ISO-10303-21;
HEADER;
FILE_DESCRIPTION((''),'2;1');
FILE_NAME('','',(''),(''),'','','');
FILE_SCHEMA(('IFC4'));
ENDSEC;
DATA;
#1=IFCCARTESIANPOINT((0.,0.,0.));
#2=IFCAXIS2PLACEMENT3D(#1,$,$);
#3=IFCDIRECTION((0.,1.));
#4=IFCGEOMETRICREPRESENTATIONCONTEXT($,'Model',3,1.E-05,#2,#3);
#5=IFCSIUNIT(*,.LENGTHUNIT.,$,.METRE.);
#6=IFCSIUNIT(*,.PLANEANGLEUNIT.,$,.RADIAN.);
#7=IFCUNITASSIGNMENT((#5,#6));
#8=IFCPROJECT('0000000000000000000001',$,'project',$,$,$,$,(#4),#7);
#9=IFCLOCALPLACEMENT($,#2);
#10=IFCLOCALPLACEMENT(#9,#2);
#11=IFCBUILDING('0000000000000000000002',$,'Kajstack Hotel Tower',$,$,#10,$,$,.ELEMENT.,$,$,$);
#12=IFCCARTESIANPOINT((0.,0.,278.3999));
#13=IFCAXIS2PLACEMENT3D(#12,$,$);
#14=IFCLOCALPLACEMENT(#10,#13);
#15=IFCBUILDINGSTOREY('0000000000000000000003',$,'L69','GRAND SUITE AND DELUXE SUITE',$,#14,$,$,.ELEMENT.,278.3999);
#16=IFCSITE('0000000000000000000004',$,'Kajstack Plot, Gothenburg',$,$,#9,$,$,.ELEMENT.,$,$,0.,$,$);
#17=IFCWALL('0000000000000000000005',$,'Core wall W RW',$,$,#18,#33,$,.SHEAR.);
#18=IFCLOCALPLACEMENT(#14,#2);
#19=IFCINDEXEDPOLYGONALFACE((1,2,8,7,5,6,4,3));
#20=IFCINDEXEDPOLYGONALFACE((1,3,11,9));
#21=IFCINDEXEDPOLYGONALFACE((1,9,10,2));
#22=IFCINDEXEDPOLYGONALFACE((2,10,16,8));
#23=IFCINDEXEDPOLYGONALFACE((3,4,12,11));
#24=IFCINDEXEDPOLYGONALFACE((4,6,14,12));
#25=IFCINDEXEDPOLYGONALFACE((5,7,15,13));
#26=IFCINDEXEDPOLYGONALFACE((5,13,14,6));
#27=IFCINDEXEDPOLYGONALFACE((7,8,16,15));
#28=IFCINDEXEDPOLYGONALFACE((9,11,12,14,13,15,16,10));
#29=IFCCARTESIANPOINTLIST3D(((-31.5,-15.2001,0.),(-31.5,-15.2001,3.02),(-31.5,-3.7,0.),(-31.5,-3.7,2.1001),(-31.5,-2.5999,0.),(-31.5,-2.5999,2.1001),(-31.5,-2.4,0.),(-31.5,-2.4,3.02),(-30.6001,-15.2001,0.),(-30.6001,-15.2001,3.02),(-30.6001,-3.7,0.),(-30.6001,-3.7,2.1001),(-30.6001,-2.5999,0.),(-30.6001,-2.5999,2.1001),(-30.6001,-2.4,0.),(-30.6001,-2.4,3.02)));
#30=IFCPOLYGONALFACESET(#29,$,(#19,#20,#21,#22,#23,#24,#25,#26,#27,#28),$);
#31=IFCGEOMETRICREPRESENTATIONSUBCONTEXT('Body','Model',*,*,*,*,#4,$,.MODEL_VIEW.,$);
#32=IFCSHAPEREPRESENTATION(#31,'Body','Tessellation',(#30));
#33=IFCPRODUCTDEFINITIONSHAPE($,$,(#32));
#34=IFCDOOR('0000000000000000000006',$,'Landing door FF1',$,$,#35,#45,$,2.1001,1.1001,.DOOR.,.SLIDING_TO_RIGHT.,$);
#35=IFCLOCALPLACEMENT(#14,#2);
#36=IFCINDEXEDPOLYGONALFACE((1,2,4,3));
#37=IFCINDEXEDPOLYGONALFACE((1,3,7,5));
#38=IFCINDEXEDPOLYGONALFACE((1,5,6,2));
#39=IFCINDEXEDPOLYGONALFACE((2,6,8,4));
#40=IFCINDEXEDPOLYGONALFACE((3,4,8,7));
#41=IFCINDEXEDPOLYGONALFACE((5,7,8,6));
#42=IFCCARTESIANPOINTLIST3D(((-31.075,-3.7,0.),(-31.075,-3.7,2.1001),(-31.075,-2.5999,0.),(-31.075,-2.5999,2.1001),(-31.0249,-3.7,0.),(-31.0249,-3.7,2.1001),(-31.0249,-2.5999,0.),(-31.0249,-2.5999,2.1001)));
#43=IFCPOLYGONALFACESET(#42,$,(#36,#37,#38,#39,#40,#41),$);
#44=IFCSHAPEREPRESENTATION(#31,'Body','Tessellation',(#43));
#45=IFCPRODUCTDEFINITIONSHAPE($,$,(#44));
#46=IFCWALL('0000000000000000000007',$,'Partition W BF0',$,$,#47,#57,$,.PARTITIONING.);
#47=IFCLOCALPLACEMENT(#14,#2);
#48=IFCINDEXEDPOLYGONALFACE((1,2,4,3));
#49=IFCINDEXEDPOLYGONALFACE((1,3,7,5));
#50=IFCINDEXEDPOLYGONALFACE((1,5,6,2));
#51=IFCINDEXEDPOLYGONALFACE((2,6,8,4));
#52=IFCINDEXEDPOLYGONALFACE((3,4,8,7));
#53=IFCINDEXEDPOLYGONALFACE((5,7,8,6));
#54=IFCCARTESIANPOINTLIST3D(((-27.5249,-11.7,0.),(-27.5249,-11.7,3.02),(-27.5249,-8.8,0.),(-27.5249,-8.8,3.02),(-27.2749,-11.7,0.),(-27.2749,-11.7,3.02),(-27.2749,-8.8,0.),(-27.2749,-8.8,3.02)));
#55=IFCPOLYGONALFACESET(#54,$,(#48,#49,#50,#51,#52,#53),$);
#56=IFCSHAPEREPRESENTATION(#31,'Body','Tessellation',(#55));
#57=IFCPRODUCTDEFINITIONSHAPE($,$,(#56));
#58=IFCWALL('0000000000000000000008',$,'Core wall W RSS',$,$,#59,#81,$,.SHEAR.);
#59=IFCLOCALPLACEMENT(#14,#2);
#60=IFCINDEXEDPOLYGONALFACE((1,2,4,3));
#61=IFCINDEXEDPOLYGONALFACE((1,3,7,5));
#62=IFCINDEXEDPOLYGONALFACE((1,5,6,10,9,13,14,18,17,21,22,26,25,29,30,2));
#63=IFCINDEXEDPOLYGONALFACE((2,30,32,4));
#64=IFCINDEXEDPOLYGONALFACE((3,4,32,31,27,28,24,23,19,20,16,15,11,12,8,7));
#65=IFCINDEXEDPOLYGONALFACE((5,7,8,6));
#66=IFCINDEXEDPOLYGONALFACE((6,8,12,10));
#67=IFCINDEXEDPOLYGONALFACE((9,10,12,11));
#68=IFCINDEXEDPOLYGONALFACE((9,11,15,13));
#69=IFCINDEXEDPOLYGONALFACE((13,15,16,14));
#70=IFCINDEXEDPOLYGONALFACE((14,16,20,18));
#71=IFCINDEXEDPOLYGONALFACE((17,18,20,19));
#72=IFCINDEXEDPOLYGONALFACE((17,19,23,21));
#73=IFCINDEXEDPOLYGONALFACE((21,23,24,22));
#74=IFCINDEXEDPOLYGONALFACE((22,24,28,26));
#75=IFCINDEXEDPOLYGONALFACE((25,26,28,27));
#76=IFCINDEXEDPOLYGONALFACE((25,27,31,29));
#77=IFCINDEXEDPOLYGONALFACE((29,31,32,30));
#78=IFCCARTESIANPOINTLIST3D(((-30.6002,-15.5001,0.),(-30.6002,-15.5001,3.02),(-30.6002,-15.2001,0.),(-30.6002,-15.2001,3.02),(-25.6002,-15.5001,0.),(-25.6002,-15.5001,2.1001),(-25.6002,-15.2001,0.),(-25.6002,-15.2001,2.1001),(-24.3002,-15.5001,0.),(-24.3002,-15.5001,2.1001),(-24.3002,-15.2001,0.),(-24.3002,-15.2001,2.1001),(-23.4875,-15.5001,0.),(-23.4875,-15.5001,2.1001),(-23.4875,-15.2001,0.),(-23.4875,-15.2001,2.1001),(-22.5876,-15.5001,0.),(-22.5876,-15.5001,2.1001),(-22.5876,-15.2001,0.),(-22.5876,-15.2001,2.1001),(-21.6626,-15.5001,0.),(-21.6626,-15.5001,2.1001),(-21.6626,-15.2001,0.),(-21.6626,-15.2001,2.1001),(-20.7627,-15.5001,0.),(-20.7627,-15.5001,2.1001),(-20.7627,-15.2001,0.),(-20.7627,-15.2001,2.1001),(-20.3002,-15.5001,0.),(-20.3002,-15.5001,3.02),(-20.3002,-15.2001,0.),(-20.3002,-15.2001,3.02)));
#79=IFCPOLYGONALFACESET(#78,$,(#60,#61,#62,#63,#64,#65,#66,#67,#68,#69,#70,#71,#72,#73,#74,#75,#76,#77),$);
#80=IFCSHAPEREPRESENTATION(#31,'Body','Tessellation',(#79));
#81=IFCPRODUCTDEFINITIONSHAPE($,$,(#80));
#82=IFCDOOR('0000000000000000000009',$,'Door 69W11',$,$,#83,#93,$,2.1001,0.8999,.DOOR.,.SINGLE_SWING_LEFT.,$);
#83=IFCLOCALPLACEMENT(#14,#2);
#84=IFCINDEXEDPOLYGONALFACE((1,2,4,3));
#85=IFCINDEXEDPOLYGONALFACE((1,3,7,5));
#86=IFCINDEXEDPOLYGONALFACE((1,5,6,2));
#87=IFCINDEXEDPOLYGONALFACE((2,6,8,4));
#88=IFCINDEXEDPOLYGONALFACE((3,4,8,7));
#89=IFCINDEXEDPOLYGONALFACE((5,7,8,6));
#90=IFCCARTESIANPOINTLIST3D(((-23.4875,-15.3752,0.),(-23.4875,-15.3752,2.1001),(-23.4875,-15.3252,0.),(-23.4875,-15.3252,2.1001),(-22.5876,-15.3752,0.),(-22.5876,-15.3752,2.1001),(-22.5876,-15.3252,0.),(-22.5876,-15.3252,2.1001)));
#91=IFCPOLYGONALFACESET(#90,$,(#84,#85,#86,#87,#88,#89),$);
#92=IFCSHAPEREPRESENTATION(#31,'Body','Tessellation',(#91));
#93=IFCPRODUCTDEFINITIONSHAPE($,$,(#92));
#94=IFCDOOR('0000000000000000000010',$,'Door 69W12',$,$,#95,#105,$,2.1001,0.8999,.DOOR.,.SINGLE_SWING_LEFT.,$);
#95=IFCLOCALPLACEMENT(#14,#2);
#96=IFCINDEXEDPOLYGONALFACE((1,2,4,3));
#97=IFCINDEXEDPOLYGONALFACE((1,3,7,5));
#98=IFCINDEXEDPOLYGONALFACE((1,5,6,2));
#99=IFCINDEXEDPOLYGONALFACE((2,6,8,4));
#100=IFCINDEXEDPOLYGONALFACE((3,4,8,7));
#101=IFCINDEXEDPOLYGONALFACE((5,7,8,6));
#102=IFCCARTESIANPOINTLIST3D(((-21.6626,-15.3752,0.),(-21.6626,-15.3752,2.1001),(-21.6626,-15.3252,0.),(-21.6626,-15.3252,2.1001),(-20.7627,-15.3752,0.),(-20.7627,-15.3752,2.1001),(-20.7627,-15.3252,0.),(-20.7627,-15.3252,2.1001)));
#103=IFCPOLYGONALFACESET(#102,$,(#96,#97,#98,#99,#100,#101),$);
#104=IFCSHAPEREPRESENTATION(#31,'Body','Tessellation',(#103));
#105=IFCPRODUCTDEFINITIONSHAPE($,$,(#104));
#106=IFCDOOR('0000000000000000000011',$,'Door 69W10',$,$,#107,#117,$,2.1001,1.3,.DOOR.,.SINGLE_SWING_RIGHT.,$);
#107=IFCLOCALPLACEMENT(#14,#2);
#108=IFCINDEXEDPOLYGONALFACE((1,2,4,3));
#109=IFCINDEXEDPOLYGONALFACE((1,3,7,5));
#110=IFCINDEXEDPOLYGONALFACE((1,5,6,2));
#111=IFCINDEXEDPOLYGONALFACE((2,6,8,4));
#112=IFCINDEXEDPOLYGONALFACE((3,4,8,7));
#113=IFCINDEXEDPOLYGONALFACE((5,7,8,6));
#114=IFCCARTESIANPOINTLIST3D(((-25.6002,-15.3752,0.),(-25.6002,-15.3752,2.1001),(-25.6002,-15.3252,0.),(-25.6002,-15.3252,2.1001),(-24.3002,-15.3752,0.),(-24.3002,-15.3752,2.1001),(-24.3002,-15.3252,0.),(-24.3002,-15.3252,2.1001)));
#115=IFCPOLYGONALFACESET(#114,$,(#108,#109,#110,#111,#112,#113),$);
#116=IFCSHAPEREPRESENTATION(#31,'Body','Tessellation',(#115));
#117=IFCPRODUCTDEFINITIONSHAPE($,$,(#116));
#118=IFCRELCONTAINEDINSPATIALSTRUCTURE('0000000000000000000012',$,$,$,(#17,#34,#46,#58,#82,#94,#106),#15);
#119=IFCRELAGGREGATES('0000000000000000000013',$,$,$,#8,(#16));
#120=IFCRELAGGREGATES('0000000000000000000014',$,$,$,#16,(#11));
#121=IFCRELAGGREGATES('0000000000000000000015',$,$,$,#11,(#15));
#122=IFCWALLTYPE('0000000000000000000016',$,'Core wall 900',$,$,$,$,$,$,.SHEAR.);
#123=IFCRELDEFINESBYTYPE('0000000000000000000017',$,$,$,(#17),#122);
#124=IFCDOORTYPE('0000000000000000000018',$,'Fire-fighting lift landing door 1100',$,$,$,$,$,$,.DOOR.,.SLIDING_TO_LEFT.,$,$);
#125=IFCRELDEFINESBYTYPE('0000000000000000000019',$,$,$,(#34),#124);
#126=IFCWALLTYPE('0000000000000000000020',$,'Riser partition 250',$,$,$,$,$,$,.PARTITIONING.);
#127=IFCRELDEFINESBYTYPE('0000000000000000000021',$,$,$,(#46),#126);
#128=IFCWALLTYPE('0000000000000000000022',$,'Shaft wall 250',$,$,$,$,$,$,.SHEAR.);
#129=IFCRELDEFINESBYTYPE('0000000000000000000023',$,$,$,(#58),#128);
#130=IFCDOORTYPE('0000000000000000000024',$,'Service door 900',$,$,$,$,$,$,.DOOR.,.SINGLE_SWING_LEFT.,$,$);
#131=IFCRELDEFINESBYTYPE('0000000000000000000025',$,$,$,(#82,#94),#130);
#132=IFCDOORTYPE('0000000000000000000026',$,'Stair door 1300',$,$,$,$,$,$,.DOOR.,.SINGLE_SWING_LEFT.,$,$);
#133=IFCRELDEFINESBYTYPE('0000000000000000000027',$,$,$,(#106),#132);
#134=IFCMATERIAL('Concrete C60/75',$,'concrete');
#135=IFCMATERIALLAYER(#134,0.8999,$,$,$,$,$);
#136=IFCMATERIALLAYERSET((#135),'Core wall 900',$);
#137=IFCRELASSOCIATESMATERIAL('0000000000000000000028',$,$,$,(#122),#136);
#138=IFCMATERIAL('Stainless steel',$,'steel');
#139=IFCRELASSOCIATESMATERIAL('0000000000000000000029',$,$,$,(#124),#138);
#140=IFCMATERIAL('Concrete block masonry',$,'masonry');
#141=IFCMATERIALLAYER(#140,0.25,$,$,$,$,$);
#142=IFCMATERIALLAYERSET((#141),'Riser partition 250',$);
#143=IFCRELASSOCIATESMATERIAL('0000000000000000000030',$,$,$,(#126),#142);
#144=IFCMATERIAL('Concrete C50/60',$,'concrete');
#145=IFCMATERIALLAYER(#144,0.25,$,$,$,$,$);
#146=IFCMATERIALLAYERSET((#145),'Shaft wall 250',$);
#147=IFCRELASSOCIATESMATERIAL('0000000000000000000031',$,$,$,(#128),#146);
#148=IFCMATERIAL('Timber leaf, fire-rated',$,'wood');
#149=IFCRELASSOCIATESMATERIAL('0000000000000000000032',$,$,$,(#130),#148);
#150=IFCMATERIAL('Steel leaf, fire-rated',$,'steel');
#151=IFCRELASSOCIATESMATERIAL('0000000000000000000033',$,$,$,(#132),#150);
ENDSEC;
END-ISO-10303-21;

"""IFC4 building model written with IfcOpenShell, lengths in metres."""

from ifc_helpers import new_model, si_unit, direction, frame, frame_2d, origin, place, context, subcontext, project, spatial, rectangle, extrude, material, layer, layer_set, type_object, element, fill, save


model = new_model("IFC4")

# Units and contexts
model_context = context("Model", 3, precision=1e-05, world=origin(), true_north=direction((0.0, 1.0)))
body_context = subcontext(model_context, "Body", "Model", "MODEL_VIEW")
ifc_project = project(units=[si_unit("LENGTHUNIT", "METRE"), si_unit("PLANEANGLEUNIT", "RADIAN")], contexts=[model_context])

# Site, building, storey
site_placement = place(None, origin())
site = spatial("IfcSite", under=ifc_project, at=site_placement, Name="Kajstack Plot, Gothenburg", CompositionType="ELEMENT", RefElevation=0.0)
building_placement = place(site_placement, origin())
building = spatial("IfcBuilding", under=site, at=building_placement, Name="Kajstack Hotel Tower", CompositionType="ELEMENT")
storey_placement = place(building_placement, frame((0.0, 0.0, 278.3999)))
storey = spatial("IfcBuildingStorey", under=building, at=storey_placement, Name="L69", Description="GRAND SUITE AND DELUXE SUITE", CompositionType="ELEMENT", Elevation=278.3999)

# Wall, opening, door
ifc_material_1 = material(Name="Concrete C60/75", Category="concrete")
ifc_layer_1 = layer(ifc_material_1, 0.8999)
ifc_layer_set_1 = layer_set([ifc_layer_1], Name="Core wall 900")
wall_type_1 = type_object("IfcWallType", Name="Core wall 900", PredefinedType="SHEAR", material=ifc_layer_set_1)
wall_1_placement = place(storey_placement, frame((-31.05, -15.2, 0.0), z_axis=(0.0, 0.0, 1.0), x_axis=(0.0, 1.0, 0.0)))
wall_1 = element("IfcWall", 1, at=wall_1_placement, inside=storey, type_object=wall_type_1, Name="Core wall W RW", PredefinedType="SHEAR", context=body_context, shape_type="SweptSolid", body=[
    extrude(rectangle(XDim=12.8, YDim=0.8999, at=frame_2d((6.3999, 0.0))), origin(), (0.0, 0.0, 1.0), 3.02),
])
opening_1_placement = place(wall_1_placement, frame((11.5, 0.0, 0.0)))
opening_1 = element("IfcOpeningElement", 2, at=opening_1_placement, cuts=wall_1, PredefinedType="OPENING", context=body_context, shape_type="SweptSolid", body=[
    extrude(rectangle(XDim=1.1001, YDim=2.1001, at=frame_2d((0.55, 1.05))), frame((0.0, 0.46, 0.0), z_axis=(0.0, -1.0, 0.0), x_axis=(1.0, 0.0, 0.0)), (0.0, 0.0, 1.0), 0.9199),
])
ifc_material_2 = material(Name="Stainless steel", Category="steel")
door_type_1 = type_object("IfcDoorType", Name="Fire-fighting lift landing door 1100", OperationType="SLIDING_TO_LEFT", PredefinedType="DOOR", material=ifc_material_2)
door_1_placement = place(opening_1_placement, origin())
door_1 = element("IfcDoor", 3, at=door_1_placement, inside=storey, type_object=door_type_1, Name="Landing door FF1", OperationType="SLIDING_TO_RIGHT", OverallHeight=2.1001, OverallWidth=1.1001, PredefinedType="DOOR", context=body_context, shape_type="SweptSolid", body=[
    extrude(rectangle(XDim=1.1001, YDim=2.1001, at=frame_2d((0.55, 1.05))), frame((0.0, 0.0249, 0.0), z_axis=(0.0, -1.0, 0.0), x_axis=(1.0, 0.0, 0.0)), (0.0, 0.0, 1.0), 0.05),
])
fill(opening_1, door_1)

# Wall
ifc_material_3 = material(Name="Concrete block masonry", Category="masonry")
ifc_layer_2 = layer(ifc_material_3, 0.25)
ifc_layer_set_2 = layer_set([ifc_layer_2], Name="Riser partition 250")
wall_type_2 = type_object("IfcWallType", Name="Riser partition 250", PredefinedType="PARTITIONING", material=ifc_layer_set_2)
wall_2_placement = place(storey_placement, frame((-27.3999, -11.7, 0.0), z_axis=(0.0, 0.0, 1.0), x_axis=(0.0, 1.0, 0.0)))
element("IfcWall", 4, at=wall_2_placement, inside=storey, type_object=wall_type_2, Name="Partition W BF0", PredefinedType="PARTITIONING", context=body_context, shape_type="SweptSolid", body=[
    extrude(rectangle(XDim=2.8999, YDim=0.25, at=frame_2d((1.45, 0.0))), origin(), (0.0, 0.0, 1.0), 3.02),
])

# Wall, openings, doors
ifc_material_4 = material(Name="Concrete C50/60", Category="concrete")
ifc_layer_3 = layer(ifc_material_4, 0.25)
ifc_layer_set_3 = layer_set([ifc_layer_3], Name="Shaft wall 250")
wall_type_3 = type_object("IfcWallType", Name="Shaft wall 250", PredefinedType="SHEAR", material=ifc_layer_set_3)
wall_3_placement = place(storey_placement, frame((-30.6001, -15.3501, 0.0), z_axis=(0.0, 0.0, 1.0), x_axis=(1.0, 0.0, 0.0)))
wall_3 = element("IfcWall", 5, at=wall_3_placement, inside=storey, type_object=wall_type_3, Name="Core wall W RSS", PredefinedType="SHEAR", context=body_context, shape_type="SweptSolid", body=[
    extrude(rectangle(XDim=10.3, YDim=0.3, at=frame_2d((5.1499, 0.0))), origin(), (0.0, 0.0, 1.0), 3.02),
])
opening_2_placement = place(wall_3_placement, frame((5.0, 0.0, 0.0)))
opening_2 = element("IfcOpeningElement", 6, at=opening_2_placement, cuts=wall_3, PredefinedType="OPENING", context=body_context, shape_type="SweptSolid", body=[
    extrude(rectangle(XDim=1.3, YDim=2.1001, at=frame_2d((0.6499, 1.05))), frame((0.0, 0.1599, 0.0), z_axis=(0.0, -1.0, 0.0), x_axis=(1.0, 0.0, 0.0)), (0.0, 0.0, 1.0), 0.3201),
])
opening_3_placement = place(wall_3_placement, frame((7.1125, 0.0, 0.0)))
opening_3 = element("IfcOpeningElement", 7, at=opening_3_placement, cuts=wall_3, PredefinedType="OPENING", context=body_context, shape_type="SweptSolid", body=[
    extrude(rectangle(XDim=0.8999, YDim=2.1001, at=frame_2d((0.45, 1.05))), frame((0.0, 0.1599, 0.0), z_axis=(0.0, -1.0, 0.0), x_axis=(1.0, 0.0, 0.0)), (0.0, 0.0, 1.0), 0.3201),
])
opening_4_placement = place(wall_3_placement, frame((8.9375, 0.0, 0.0)))
opening_4 = element("IfcOpeningElement", 8, at=opening_4_placement, cuts=wall_3, PredefinedType="OPENING", context=body_context, shape_type="SweptSolid", body=[
    extrude(rectangle(XDim=0.8999, YDim=2.1001, at=frame_2d((0.45, 1.05))), frame((0.0, 0.1599, 0.0), z_axis=(0.0, -1.0, 0.0), x_axis=(1.0, 0.0, 0.0)), (0.0, 0.0, 1.0), 0.3201),
])
ifc_material_5 = material(Name="Timber leaf, fire-rated", Category="wood")
door_type_2 = type_object("IfcDoorType", Name="Service door 900", OperationType="SINGLE_SWING_LEFT", PredefinedType="DOOR", material=ifc_material_5)
door_2_placement = place(opening_3_placement, origin())
door_2 = element("IfcDoor", 9, at=door_2_placement, inside=storey, type_object=door_type_2, Name="Door 69W11", OperationType="SINGLE_SWING_LEFT", OverallHeight=2.1001, OverallWidth=0.8999, PredefinedType="DOOR", context=body_context, shape_type="SweptSolid", body=[
    extrude(rectangle(XDim=0.8999, YDim=2.1001, at=frame_2d((0.45, 1.05))), frame((0.0, 0.0249, 0.0), z_axis=(0.0, -1.0, 0.0), x_axis=(1.0, 0.0, 0.0)), (0.0, 0.0, 1.0), 0.05),
])
fill(opening_3, door_2)
door_3_placement = place(opening_4_placement, origin())
door_3 = element("IfcDoor", 10, at=door_3_placement, inside=storey, type_object=door_type_2, Name="Door 69W12", OperationType="SINGLE_SWING_LEFT", OverallHeight=2.1001, OverallWidth=0.8999, PredefinedType="DOOR", context=body_context, shape_type="SweptSolid", body=[
    extrude(rectangle(XDim=0.8999, YDim=2.1001, at=frame_2d((0.45, 1.05))), frame((0.0, 0.0249, 0.0), z_axis=(0.0, -1.0, 0.0), x_axis=(1.0, 0.0, 0.0)), (0.0, 0.0, 1.0), 0.05),
])
fill(opening_4, door_3)
ifc_material_6 = material(Name="Steel leaf, fire-rated", Category="steel")
door_type_3 = type_object("IfcDoorType", Name="Stair door 1300", OperationType="SINGLE_SWING_LEFT", PredefinedType="DOOR", material=ifc_material_6)
door_4_placement = place(opening_2_placement, origin())
door_4 = element("IfcDoor", 11, at=door_4_placement, inside=storey, type_object=door_type_3, Name="Door 69W10", OperationType="SINGLE_SWING_RIGHT", OverallHeight=2.1001, OverallWidth=1.3, PredefinedType="DOOR", context=body_context, shape_type="SweptSolid", body=[
    extrude(rectangle(XDim=1.3, YDim=2.1001, at=frame_2d((0.6499, 1.05))), frame((0.0, 0.0249, 0.0), z_axis=(0.0, -1.0, 0.0), x_axis=(1.0, 0.0, 0.0)), (0.0, 0.0, 1.0), 0.05),
])
fill(opening_2, door_4)

save(model, "model.ifc")
